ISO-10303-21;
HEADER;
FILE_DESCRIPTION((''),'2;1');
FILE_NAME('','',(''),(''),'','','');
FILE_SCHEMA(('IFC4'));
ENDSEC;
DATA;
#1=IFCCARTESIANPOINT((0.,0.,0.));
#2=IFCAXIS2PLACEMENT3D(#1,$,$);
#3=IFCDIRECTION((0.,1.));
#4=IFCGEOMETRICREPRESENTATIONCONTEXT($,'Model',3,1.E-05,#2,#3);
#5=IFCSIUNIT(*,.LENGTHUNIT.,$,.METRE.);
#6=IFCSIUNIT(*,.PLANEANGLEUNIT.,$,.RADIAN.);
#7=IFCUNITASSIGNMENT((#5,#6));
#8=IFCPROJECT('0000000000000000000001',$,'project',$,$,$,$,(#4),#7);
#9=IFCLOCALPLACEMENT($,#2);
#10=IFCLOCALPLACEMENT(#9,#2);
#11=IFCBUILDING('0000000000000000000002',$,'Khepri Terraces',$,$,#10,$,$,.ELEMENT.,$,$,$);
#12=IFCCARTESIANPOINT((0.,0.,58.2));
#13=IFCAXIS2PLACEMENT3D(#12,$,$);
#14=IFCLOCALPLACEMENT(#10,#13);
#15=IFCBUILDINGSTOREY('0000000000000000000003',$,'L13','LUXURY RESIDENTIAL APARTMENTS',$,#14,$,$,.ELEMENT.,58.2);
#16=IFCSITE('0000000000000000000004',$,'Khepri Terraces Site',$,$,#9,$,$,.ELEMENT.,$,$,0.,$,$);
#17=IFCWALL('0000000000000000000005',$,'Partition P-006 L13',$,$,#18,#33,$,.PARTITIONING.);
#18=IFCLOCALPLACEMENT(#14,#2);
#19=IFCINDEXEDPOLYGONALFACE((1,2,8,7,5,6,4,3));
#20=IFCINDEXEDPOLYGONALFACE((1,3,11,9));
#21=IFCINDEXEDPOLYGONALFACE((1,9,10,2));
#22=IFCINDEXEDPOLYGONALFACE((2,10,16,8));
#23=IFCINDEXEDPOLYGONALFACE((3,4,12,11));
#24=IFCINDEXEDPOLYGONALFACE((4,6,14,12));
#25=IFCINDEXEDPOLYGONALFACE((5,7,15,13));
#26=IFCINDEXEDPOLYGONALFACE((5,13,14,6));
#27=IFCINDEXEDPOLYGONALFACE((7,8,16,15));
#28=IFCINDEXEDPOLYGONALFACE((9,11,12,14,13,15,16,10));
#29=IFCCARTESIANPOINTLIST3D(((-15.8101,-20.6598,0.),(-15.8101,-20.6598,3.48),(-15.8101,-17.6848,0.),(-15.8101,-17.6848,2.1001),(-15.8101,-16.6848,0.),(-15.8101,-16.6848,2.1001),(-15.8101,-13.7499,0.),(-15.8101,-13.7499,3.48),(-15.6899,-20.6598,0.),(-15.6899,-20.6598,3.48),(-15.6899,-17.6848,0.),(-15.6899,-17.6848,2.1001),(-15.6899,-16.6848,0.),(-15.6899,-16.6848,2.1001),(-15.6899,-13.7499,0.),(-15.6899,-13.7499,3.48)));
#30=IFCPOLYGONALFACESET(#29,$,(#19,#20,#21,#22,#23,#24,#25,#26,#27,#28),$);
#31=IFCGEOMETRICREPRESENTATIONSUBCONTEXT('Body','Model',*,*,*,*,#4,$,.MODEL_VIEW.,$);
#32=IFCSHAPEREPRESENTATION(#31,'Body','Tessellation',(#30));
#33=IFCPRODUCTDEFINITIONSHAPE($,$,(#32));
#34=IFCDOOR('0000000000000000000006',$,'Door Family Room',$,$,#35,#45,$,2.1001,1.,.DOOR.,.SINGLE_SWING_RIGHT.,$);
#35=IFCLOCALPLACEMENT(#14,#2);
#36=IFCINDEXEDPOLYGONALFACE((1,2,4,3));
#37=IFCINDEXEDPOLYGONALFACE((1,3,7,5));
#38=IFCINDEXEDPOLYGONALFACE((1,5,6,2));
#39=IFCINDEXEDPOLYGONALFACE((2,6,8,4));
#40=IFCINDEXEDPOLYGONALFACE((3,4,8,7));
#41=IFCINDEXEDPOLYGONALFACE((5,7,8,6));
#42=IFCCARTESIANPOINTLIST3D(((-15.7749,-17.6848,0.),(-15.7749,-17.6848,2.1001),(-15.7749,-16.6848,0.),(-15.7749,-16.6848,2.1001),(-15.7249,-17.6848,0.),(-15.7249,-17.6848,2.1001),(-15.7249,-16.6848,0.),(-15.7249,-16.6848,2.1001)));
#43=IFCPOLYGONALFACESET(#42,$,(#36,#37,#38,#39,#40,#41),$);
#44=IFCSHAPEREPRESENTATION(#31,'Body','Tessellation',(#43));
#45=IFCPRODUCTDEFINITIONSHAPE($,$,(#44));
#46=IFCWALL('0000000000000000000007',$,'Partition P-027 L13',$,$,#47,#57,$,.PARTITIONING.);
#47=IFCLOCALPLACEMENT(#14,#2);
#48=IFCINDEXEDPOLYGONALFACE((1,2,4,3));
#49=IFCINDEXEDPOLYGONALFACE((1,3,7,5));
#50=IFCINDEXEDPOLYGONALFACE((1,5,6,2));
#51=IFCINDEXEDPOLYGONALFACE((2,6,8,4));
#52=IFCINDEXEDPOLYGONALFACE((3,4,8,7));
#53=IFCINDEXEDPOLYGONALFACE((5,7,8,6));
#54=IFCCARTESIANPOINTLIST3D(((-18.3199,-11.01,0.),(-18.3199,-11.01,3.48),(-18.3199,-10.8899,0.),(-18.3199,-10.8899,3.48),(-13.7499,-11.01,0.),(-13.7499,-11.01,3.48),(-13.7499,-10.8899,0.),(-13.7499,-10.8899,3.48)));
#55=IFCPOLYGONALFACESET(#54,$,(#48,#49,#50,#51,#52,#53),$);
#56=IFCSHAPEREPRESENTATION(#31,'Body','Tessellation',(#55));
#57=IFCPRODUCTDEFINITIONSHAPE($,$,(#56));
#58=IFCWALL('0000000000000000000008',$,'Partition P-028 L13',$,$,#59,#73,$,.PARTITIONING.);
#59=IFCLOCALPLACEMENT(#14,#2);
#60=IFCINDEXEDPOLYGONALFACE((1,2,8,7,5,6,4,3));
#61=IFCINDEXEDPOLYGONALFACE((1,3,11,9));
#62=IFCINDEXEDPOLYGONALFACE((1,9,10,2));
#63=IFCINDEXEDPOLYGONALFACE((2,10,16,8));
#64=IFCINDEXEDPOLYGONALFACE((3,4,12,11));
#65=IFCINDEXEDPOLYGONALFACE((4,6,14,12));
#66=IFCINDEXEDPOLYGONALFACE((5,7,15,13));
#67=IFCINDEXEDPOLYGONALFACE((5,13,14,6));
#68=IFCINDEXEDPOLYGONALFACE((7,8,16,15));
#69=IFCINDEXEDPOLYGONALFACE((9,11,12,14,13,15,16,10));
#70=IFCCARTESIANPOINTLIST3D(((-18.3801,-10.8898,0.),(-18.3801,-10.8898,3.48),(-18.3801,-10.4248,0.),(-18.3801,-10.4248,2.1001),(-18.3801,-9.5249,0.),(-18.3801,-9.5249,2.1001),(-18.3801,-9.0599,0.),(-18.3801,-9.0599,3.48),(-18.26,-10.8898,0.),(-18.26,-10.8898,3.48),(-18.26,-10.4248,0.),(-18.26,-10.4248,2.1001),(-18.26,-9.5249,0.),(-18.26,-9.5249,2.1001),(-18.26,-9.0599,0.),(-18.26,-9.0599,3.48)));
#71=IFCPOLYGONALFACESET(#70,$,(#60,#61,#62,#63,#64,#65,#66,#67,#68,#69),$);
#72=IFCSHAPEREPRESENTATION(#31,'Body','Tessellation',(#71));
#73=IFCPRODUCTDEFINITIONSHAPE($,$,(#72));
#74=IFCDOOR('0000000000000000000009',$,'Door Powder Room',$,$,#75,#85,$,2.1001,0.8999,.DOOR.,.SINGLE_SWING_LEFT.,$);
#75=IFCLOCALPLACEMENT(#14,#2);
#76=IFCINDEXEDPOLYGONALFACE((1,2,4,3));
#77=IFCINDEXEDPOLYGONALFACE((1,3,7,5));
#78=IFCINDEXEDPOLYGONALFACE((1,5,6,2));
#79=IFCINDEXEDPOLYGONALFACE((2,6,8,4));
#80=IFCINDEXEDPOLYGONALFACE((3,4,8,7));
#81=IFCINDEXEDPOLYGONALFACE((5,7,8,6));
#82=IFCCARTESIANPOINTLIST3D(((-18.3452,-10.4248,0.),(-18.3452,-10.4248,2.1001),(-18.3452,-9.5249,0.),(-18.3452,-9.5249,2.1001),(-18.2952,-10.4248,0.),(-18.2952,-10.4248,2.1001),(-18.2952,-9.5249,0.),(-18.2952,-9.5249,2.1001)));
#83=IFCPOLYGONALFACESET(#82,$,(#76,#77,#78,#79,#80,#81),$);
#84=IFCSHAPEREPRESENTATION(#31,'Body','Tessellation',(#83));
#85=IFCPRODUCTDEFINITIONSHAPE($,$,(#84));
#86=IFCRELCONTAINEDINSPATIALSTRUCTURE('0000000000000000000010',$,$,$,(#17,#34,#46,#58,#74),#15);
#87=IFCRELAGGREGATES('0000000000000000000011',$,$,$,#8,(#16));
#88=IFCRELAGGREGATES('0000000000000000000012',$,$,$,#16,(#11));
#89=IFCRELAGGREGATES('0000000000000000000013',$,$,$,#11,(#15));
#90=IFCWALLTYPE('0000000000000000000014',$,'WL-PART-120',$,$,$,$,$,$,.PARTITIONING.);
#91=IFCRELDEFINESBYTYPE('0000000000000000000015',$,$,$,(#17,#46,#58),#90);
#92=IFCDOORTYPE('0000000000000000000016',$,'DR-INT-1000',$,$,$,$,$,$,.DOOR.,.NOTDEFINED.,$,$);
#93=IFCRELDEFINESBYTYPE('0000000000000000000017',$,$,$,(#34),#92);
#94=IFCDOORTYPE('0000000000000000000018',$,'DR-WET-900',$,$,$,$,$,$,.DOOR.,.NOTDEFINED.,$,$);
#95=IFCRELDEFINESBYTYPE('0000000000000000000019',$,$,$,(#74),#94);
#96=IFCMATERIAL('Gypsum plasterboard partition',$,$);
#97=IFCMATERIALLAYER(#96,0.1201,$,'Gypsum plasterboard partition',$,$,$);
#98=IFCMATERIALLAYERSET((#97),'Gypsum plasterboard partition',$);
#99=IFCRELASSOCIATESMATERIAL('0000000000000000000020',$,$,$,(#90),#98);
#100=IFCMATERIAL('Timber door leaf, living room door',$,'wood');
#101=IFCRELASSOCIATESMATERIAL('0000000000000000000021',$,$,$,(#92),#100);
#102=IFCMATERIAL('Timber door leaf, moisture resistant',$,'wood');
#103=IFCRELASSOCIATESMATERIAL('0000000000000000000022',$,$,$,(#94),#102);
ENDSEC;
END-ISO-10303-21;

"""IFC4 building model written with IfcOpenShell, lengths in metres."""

from ifc_helpers import new_model, si_unit, direction, frame, frame_2d, origin, place, context, subcontext, project, spatial, rectangle, extrude, material, layer, layer_set, type_object, element, fill, save


model = new_model("IFC4")

# Units and contexts
model_context = context("Model", 3, precision=1e-05, world=origin(), true_north=direction((0.0, 1.0)))
body_context = subcontext(model_context, "Body", "Model", "MODEL_VIEW")
ifc_project = project(units=[si_unit("LENGTHUNIT", "METRE"), si_unit("PLANEANGLEUNIT", "RADIAN")], contexts=[model_context])

# Site, building, storey
site_placement = place(None, origin())
site = spatial("IfcSite", under=ifc_project, at=site_placement, Name="Khepri Terraces Site", CompositionType="ELEMENT", RefElevation=0.0)
building_placement = place(site_placement, origin())
building = spatial("IfcBuilding", under=site, at=building_placement, Name="Khepri Terraces", CompositionType="ELEMENT")
storey_placement = place(building_placement, frame((0.0, 0.0, 58.2)))
storey = spatial("IfcBuildingStorey", under=building, at=storey_placement, Name="L13", Description="LUXURY RESIDENTIAL APARTMENTS", CompositionType="ELEMENT", Elevation=58.2)

# Wall, opening, door
ifc_material_1 = material(Name="Gypsum plasterboard partition")
ifc_layer_1 = layer(ifc_material_1, 0.1201, Name="Gypsum plasterboard partition")
ifc_layer_set_1 = layer_set([ifc_layer_1], Name="Gypsum plasterboard partition")
wall_type_1 = type_object("IfcWallType", Name="WL-PART-120", PredefinedType="PARTITIONING", material=ifc_layer_set_1)
wall_1_placement = place(storey_placement, frame((-15.75, -20.6599, 0.0), z_axis=(0.0, 0.0, 1.0), x_axis=(0.0, 1.0, 0.0)))
wall_1 = element("IfcWall", 1, at=wall_1_placement, inside=storey, type_object=wall_type_1, Name="Partition P-006 L13", PredefinedType="PARTITIONING", context=body_context, shape_type="SweptSolid", body=[
    extrude(rectangle(XDim=6.9099, YDim=0.1201, at=frame_2d((3.4551, 0.0))), origin(), (0.0, 0.0, 1.0), 3.48),
])
opening_1_placement = place(wall_1_placement, frame((2.9751, 0.0, 0.0)))
opening_1 = element("IfcOpeningElement", 2, at=opening_1_placement, cuts=wall_1, PredefinedType="OPENING", context=body_context, shape_type="SweptSolid", body=[
    extrude(rectangle(XDim=1.0, YDim=2.1001, at=frame_2d((0.5, 1.05))), frame((0.0, 0.0701, 0.0), z_axis=(0.0, -1.0, 0.0), x_axis=(1.0, 0.0, 0.0)), (0.0, 0.0, 1.0), 0.1401),
])
ifc_material_2 = material(Name="Timber door leaf, living room door", Category="wood")
door_type_1 = type_object("IfcDoorType", Name="DR-INT-1000", OperationType="NOTDEFINED", PredefinedType="DOOR", material=ifc_material_2)
door_1_placement = place(opening_1_placement, origin())
door_1 = element("IfcDoor", 3, at=door_1_placement, inside=storey, type_object=door_type_1, Name="Door Family Room", OperationType="SINGLE_SWING_RIGHT", OverallHeight=2.1001, OverallWidth=1.0, PredefinedType="DOOR", context=body_context, shape_type="SweptSolid", body=[
    extrude(rectangle(XDim=1.0, YDim=2.1001, at=frame_2d((0.5, 1.05))), frame((0.0, 0.0249, 0.0), z_axis=(0.0, -1.0, 0.0), x_axis=(1.0, 0.0, 0.0)), (0.0, 0.0, 1.0), 0.05),
])
fill(opening_1, door_1)

# Wall
wall_2_placement = place(storey_placement, frame((-18.3201, -10.95, 0.0), z_axis=(0.0, 0.0, 1.0), x_axis=(1.0, 0.0, 0.0)))
element("IfcWall", 4, at=wall_2_placement, inside=storey, type_object=wall_type_1, Name="Partition P-027 L13", PredefinedType="PARTITIONING", context=body_context, shape_type="SweptSolid", body=[
    extrude(rectangle(XDim=4.5701, YDim=0.1201, at=frame_2d((2.2852, 0.0))), origin(), (0.0, 0.0, 1.0), 3.48),
])

# Wall, opening, door
wall_3_placement = place(storey_placement, frame((-18.3201, -10.8899, 0.0), z_axis=(0.0, 0.0, 1.0), x_axis=(0.0, 1.0, 0.0)))
wall_3 = element("IfcWall", 5, at=wall_3_placement, inside=storey, type_object=wall_type_1, Name="Partition P-028 L13", PredefinedType="PARTITIONING", context=body_context, shape_type="SweptSolid", body=[
    extrude(rectangle(XDim=1.8298, YDim=0.1201, at=frame_2d((0.915, 0.0))), origin(), (0.0, 0.0, 1.0), 3.48),
])
opening_2_placement = place(wall_3_placement, frame((0.4651, 0.0, 0.0)))
opening_2 = element("IfcOpeningElement", 6, at=opening_2_placement, cuts=wall_3, PredefinedType="OPENING", context=body_context, shape_type="SweptSolid", body=[
    extrude(rectangle(XDim=0.8999, YDim=2.1001, at=frame_2d((0.45, 1.05))), frame((0.0, 0.0701, 0.0), z_axis=(0.0, -1.0, 0.0), x_axis=(1.0, 0.0, 0.0)), (0.0, 0.0, 1.0), 0.1401),
])
ifc_material_3 = material(Name="Timber door leaf, moisture resistant", Category="wood")
door_type_2 = type_object("IfcDoorType", Name="DR-WET-900", OperationType="NOTDEFINED", PredefinedType="DOOR", material=ifc_material_3)
door_2_placement = place(opening_2_placement, frame((0.8999, 0.0, 0.0), z_axis=(0.0, 0.0, 1.0), x_axis=(-1.0, 0.0, 0.0)))
door_2 = element("IfcDoor", 7, at=door_2_placement, inside=storey, type_object=door_type_2, Name="Door Powder Room", OperationType="SINGLE_SWING_LEFT", OverallHeight=2.1001, OverallWidth=0.8999, PredefinedType="DOOR", context=body_context, shape_type="SweptSolid", body=[
    extrude(rectangle(XDim=0.8999, YDim=2.1001, at=frame_2d((0.45, 1.05))), frame((0.0, 0.0249, 0.0), z_axis=(0.0, -1.0, 0.0), x_axis=(1.0, 0.0, 0.0)), (0.0, 0.0, 1.0), 0.05),
])
fill(opening_2, door_2)

save(model, "model.ifc")
